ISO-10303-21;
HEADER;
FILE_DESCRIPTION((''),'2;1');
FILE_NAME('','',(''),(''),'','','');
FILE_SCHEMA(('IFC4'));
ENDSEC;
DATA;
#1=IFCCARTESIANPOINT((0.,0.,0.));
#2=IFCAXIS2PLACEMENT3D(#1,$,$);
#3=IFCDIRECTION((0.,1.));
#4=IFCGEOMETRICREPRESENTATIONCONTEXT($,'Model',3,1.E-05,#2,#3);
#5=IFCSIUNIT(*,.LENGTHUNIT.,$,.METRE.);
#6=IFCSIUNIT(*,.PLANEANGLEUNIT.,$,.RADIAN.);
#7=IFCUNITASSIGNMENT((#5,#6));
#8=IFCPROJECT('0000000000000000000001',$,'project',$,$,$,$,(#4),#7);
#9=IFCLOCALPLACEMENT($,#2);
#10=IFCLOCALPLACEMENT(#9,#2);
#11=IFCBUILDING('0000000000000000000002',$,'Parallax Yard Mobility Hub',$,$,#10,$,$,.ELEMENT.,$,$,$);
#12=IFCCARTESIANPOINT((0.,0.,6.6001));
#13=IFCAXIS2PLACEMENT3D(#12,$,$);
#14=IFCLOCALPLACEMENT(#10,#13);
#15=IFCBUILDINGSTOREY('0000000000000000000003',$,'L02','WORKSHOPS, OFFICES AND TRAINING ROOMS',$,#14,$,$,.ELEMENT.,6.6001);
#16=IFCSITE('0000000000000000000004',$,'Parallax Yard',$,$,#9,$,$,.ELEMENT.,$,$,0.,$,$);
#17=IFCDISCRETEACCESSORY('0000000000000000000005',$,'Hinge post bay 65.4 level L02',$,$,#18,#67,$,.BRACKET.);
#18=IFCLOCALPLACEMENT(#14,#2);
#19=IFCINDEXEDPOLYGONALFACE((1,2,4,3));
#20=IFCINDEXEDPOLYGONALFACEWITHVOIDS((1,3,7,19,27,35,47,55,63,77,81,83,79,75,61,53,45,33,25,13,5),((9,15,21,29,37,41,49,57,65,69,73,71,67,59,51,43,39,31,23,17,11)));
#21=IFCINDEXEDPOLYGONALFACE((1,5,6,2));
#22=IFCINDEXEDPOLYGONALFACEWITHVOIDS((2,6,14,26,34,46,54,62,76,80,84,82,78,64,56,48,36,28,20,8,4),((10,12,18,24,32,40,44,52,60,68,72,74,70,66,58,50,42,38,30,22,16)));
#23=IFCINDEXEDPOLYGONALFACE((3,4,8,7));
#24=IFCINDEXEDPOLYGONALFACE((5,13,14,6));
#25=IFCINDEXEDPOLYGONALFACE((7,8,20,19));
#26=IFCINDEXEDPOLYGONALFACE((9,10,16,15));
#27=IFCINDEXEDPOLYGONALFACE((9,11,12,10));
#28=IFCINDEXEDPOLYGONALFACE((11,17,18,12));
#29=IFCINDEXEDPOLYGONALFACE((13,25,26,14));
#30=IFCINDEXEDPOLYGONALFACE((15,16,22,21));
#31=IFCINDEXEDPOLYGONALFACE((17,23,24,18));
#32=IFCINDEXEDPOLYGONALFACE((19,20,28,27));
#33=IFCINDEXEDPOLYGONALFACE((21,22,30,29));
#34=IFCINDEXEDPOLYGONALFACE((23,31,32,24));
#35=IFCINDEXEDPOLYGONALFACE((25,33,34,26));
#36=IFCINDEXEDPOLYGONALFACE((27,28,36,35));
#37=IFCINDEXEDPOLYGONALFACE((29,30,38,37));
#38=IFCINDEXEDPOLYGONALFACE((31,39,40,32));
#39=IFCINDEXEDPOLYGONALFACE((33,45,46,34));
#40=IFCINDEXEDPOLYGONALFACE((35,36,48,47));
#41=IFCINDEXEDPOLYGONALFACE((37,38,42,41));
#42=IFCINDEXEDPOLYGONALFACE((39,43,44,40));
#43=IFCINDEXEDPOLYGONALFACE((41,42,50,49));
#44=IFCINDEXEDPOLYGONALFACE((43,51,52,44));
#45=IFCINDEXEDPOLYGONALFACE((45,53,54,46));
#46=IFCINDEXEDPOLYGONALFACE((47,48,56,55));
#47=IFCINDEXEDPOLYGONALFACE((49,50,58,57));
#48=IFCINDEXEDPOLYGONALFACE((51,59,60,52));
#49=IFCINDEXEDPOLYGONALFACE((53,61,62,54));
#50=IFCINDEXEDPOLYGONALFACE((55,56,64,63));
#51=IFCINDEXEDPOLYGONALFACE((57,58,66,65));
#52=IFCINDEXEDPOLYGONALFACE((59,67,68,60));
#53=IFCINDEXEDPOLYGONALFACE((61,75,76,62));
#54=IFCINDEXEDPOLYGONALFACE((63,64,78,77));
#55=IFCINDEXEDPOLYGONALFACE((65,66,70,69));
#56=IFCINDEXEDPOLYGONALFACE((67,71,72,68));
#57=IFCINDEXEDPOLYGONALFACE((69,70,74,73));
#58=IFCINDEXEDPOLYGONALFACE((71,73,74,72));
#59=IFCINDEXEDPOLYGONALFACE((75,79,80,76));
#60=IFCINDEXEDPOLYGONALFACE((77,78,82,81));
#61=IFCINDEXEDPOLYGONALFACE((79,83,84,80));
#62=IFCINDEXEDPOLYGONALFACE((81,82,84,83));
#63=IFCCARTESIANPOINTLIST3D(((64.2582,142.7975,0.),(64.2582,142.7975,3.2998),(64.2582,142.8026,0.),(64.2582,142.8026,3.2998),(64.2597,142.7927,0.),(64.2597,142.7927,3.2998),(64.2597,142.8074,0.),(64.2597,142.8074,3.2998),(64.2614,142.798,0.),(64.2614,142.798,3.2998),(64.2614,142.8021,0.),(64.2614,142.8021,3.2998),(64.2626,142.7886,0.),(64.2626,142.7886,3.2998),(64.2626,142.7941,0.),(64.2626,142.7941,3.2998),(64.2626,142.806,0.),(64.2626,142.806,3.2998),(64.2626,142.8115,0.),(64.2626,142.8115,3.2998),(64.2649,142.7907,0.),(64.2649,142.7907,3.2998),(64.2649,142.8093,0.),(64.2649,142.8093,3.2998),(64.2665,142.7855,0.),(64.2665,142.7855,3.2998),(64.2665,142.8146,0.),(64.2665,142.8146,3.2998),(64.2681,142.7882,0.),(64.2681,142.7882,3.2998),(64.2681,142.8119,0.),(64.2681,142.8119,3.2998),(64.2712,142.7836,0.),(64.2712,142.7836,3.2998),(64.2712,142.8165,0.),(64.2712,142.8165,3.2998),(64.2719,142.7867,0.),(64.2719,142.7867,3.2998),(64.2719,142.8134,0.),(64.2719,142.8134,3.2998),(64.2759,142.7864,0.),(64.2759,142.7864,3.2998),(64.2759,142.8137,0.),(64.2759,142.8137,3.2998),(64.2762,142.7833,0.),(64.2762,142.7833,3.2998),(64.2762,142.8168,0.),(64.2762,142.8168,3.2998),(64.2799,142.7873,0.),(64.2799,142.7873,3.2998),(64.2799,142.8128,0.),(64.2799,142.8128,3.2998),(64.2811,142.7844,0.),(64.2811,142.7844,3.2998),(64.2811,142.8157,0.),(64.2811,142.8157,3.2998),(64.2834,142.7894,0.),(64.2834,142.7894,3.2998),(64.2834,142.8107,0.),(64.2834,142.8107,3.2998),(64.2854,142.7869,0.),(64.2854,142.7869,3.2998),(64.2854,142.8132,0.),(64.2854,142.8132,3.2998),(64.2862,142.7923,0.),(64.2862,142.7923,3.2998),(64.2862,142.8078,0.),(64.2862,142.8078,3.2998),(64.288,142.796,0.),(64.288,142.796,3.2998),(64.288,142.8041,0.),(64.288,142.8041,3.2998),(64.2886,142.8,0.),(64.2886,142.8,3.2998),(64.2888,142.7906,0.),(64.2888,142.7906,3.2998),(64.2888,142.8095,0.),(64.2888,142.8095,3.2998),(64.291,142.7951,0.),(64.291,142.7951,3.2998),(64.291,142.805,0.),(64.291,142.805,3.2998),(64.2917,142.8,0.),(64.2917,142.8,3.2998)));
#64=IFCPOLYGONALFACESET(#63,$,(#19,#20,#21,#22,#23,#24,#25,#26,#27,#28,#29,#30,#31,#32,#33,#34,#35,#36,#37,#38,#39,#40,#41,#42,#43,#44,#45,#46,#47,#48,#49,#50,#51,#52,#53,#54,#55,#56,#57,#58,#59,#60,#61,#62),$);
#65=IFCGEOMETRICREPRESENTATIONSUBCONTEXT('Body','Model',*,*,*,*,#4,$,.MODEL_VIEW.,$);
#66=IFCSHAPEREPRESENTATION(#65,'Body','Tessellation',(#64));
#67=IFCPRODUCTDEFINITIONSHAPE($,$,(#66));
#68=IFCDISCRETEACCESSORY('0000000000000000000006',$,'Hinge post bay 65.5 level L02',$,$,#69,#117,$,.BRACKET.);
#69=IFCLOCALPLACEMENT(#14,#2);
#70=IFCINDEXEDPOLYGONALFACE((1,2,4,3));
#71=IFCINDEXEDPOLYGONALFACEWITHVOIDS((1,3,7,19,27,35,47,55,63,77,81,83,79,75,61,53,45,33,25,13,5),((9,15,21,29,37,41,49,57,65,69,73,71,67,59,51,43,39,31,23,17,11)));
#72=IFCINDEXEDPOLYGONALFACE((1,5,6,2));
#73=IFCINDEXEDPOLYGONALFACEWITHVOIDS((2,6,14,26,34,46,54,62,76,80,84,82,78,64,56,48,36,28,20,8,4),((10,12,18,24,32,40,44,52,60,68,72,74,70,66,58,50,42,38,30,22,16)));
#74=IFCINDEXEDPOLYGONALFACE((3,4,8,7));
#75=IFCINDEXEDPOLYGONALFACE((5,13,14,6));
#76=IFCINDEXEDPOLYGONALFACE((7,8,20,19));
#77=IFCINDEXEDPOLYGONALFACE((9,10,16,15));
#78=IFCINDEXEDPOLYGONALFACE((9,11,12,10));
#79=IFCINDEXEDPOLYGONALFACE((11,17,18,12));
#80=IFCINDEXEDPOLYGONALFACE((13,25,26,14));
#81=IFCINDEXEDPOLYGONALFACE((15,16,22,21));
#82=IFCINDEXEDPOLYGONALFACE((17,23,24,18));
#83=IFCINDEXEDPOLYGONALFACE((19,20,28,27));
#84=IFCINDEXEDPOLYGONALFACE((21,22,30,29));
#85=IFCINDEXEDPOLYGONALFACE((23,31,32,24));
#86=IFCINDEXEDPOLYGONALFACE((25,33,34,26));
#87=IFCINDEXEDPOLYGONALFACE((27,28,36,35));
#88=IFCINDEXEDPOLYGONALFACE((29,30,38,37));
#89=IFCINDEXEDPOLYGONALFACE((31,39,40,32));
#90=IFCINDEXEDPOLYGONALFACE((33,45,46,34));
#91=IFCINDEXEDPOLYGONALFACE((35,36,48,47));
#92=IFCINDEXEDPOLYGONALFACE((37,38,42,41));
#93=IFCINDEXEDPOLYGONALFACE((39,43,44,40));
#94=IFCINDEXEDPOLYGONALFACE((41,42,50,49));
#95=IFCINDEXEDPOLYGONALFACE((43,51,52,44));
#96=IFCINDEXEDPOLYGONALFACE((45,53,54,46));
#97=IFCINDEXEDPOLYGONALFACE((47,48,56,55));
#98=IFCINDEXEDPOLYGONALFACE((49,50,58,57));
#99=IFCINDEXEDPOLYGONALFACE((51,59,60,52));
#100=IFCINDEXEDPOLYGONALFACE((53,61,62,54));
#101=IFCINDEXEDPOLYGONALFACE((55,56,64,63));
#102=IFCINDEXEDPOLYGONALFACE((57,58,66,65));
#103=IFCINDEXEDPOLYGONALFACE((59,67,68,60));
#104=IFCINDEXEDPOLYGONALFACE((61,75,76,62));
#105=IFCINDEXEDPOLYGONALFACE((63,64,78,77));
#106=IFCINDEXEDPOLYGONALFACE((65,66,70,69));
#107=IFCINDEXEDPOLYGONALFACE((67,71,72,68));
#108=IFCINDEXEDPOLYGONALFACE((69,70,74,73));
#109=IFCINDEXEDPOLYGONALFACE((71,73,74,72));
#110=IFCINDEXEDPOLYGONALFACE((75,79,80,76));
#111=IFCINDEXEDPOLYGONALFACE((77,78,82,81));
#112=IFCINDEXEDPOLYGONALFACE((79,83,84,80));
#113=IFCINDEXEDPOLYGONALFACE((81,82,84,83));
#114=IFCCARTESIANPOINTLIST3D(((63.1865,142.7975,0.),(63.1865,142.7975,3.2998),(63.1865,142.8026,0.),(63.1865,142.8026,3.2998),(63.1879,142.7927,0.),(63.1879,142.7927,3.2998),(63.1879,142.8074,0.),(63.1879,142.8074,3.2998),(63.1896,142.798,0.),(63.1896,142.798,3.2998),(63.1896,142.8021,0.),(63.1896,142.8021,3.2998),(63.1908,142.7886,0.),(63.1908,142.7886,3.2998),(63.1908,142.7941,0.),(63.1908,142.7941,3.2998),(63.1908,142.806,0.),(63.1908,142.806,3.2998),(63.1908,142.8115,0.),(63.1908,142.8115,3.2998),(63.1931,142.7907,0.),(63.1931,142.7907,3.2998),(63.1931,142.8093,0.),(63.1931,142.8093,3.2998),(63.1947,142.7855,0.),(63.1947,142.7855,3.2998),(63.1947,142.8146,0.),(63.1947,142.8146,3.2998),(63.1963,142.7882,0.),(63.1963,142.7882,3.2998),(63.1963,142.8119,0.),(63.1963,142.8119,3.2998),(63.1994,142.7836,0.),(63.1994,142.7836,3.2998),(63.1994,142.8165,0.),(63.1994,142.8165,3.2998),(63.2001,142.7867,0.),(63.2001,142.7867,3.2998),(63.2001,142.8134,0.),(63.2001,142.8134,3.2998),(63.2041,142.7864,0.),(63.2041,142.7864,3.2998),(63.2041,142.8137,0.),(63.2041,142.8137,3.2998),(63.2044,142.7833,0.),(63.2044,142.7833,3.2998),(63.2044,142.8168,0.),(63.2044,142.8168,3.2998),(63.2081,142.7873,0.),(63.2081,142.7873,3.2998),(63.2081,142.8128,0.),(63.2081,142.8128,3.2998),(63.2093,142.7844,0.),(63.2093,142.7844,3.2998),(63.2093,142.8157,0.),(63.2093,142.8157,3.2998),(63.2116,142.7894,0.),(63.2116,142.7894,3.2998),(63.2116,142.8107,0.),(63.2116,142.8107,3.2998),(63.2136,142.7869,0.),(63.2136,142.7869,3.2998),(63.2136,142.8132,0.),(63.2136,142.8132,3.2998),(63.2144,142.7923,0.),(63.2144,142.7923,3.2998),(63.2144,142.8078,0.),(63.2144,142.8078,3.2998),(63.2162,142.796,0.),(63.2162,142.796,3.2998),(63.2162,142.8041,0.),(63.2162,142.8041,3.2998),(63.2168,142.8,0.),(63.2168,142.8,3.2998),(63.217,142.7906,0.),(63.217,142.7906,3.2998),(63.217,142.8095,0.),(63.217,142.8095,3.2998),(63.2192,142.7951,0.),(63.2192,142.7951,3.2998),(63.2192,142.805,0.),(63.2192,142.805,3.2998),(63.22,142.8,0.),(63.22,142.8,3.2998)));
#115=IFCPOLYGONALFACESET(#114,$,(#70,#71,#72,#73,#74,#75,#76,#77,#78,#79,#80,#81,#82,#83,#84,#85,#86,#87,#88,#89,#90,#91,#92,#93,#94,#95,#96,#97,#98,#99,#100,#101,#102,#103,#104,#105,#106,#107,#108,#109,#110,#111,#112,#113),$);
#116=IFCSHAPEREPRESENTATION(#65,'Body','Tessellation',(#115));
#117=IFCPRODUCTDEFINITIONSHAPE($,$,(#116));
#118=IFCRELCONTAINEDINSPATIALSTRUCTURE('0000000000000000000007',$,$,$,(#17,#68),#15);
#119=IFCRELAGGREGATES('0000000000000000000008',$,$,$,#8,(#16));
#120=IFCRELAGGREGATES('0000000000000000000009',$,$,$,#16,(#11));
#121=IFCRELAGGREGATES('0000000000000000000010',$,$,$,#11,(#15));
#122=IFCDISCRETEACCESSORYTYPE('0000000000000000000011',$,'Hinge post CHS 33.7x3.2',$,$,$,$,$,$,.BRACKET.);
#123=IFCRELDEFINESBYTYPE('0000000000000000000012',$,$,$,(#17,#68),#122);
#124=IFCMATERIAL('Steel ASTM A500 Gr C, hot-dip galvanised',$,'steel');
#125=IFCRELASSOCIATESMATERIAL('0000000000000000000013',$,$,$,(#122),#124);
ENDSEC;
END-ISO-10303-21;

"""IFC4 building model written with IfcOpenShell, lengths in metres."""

from ifc_helpers import new_model, si_unit, direction, frame, origin, origin_2d, place, context, subcontext, project, spatial, hollow_circle, extrude, material, material_profile, profile_set, type_object, element, save


model = new_model("IFC4")

# Units and contexts
model_context = context("Model", 3, precision=1e-05, world=origin(), true_north=direction((0.0, 1.0)))
body_context = subcontext(model_context, "Body", "Model", "MODEL_VIEW")
ifc_project = project(units=[si_unit("LENGTHUNIT", "METRE"), si_unit("PLANEANGLEUNIT", "RADIAN")], contexts=[model_context])

# Site, building, storey
site_placement = place(None, origin())
site = spatial("IfcSite", under=ifc_project, at=site_placement, Name="Parallax Yard", CompositionType="ELEMENT", RefElevation=0.0)
building_placement = place(site_placement, origin())
building = spatial("IfcBuilding", under=site, at=building_placement, Name="Parallax Yard Mobility Hub", CompositionType="ELEMENT")
storey_placement = place(building_placement, frame((0.0, 0.0, 6.6001)))
storey = spatial("IfcBuildingStorey", under=building, at=storey_placement, Name="L02", Description="WORKSHOPS, OFFICES AND TRAINING ROOMS", CompositionType="ELEMENT", Elevation=6.6001)

# Discrete accessories
ifc_material_1 = material(Name="Steel ASTM A500 Gr C, hot-dip galvanised", Category="steel")
ifc_material_profile = material_profile(ifc_material_1, hollow_circle(Radius=0.0168, WallThickness=0.0032, at=origin_2d()), Name="CHS 33.7x3.2")
ifc_profile_set = profile_set([ifc_material_profile], Name="Steel ASTM A500 Gr C, hot-dip galvanised")
discrete_accessory_type = type_object("IfcDiscreteAccessoryType", Name="Hinge post CHS 33.7x3.2", PredefinedType="BRACKET", material=ifc_profile_set)
for number, where, z_axis, x_axis, name in (
    (1, (64.2749, 142.8, 0.0), (0.0, 0.0, 1.0), (1.0, 0.0, 0.0), "Hinge post bay 65.4 level L02"),
    (2, (63.2031, 142.8, 0.0), (0.0, 0.0, 1.0), (1.0, 0.0, 0.0), "Hinge post bay 65.5 level L02"),
):
    element("IfcDiscreteAccessory", number, at=place(storey_placement, frame(where, z_axis=z_axis, x_axis=x_axis)), inside=storey, type_object=discrete_accessory_type, Name=name, PredefinedType="BRACKET", context=body_context, shape_type="SweptSolid", body=[
        extrude(hollow_circle(Radius=0.0168, WallThickness=0.0032, at=origin_2d()), origin(), (0.0, 0.0, 1.0), 3.2998),
    ])

save(model, "model.ifc")
